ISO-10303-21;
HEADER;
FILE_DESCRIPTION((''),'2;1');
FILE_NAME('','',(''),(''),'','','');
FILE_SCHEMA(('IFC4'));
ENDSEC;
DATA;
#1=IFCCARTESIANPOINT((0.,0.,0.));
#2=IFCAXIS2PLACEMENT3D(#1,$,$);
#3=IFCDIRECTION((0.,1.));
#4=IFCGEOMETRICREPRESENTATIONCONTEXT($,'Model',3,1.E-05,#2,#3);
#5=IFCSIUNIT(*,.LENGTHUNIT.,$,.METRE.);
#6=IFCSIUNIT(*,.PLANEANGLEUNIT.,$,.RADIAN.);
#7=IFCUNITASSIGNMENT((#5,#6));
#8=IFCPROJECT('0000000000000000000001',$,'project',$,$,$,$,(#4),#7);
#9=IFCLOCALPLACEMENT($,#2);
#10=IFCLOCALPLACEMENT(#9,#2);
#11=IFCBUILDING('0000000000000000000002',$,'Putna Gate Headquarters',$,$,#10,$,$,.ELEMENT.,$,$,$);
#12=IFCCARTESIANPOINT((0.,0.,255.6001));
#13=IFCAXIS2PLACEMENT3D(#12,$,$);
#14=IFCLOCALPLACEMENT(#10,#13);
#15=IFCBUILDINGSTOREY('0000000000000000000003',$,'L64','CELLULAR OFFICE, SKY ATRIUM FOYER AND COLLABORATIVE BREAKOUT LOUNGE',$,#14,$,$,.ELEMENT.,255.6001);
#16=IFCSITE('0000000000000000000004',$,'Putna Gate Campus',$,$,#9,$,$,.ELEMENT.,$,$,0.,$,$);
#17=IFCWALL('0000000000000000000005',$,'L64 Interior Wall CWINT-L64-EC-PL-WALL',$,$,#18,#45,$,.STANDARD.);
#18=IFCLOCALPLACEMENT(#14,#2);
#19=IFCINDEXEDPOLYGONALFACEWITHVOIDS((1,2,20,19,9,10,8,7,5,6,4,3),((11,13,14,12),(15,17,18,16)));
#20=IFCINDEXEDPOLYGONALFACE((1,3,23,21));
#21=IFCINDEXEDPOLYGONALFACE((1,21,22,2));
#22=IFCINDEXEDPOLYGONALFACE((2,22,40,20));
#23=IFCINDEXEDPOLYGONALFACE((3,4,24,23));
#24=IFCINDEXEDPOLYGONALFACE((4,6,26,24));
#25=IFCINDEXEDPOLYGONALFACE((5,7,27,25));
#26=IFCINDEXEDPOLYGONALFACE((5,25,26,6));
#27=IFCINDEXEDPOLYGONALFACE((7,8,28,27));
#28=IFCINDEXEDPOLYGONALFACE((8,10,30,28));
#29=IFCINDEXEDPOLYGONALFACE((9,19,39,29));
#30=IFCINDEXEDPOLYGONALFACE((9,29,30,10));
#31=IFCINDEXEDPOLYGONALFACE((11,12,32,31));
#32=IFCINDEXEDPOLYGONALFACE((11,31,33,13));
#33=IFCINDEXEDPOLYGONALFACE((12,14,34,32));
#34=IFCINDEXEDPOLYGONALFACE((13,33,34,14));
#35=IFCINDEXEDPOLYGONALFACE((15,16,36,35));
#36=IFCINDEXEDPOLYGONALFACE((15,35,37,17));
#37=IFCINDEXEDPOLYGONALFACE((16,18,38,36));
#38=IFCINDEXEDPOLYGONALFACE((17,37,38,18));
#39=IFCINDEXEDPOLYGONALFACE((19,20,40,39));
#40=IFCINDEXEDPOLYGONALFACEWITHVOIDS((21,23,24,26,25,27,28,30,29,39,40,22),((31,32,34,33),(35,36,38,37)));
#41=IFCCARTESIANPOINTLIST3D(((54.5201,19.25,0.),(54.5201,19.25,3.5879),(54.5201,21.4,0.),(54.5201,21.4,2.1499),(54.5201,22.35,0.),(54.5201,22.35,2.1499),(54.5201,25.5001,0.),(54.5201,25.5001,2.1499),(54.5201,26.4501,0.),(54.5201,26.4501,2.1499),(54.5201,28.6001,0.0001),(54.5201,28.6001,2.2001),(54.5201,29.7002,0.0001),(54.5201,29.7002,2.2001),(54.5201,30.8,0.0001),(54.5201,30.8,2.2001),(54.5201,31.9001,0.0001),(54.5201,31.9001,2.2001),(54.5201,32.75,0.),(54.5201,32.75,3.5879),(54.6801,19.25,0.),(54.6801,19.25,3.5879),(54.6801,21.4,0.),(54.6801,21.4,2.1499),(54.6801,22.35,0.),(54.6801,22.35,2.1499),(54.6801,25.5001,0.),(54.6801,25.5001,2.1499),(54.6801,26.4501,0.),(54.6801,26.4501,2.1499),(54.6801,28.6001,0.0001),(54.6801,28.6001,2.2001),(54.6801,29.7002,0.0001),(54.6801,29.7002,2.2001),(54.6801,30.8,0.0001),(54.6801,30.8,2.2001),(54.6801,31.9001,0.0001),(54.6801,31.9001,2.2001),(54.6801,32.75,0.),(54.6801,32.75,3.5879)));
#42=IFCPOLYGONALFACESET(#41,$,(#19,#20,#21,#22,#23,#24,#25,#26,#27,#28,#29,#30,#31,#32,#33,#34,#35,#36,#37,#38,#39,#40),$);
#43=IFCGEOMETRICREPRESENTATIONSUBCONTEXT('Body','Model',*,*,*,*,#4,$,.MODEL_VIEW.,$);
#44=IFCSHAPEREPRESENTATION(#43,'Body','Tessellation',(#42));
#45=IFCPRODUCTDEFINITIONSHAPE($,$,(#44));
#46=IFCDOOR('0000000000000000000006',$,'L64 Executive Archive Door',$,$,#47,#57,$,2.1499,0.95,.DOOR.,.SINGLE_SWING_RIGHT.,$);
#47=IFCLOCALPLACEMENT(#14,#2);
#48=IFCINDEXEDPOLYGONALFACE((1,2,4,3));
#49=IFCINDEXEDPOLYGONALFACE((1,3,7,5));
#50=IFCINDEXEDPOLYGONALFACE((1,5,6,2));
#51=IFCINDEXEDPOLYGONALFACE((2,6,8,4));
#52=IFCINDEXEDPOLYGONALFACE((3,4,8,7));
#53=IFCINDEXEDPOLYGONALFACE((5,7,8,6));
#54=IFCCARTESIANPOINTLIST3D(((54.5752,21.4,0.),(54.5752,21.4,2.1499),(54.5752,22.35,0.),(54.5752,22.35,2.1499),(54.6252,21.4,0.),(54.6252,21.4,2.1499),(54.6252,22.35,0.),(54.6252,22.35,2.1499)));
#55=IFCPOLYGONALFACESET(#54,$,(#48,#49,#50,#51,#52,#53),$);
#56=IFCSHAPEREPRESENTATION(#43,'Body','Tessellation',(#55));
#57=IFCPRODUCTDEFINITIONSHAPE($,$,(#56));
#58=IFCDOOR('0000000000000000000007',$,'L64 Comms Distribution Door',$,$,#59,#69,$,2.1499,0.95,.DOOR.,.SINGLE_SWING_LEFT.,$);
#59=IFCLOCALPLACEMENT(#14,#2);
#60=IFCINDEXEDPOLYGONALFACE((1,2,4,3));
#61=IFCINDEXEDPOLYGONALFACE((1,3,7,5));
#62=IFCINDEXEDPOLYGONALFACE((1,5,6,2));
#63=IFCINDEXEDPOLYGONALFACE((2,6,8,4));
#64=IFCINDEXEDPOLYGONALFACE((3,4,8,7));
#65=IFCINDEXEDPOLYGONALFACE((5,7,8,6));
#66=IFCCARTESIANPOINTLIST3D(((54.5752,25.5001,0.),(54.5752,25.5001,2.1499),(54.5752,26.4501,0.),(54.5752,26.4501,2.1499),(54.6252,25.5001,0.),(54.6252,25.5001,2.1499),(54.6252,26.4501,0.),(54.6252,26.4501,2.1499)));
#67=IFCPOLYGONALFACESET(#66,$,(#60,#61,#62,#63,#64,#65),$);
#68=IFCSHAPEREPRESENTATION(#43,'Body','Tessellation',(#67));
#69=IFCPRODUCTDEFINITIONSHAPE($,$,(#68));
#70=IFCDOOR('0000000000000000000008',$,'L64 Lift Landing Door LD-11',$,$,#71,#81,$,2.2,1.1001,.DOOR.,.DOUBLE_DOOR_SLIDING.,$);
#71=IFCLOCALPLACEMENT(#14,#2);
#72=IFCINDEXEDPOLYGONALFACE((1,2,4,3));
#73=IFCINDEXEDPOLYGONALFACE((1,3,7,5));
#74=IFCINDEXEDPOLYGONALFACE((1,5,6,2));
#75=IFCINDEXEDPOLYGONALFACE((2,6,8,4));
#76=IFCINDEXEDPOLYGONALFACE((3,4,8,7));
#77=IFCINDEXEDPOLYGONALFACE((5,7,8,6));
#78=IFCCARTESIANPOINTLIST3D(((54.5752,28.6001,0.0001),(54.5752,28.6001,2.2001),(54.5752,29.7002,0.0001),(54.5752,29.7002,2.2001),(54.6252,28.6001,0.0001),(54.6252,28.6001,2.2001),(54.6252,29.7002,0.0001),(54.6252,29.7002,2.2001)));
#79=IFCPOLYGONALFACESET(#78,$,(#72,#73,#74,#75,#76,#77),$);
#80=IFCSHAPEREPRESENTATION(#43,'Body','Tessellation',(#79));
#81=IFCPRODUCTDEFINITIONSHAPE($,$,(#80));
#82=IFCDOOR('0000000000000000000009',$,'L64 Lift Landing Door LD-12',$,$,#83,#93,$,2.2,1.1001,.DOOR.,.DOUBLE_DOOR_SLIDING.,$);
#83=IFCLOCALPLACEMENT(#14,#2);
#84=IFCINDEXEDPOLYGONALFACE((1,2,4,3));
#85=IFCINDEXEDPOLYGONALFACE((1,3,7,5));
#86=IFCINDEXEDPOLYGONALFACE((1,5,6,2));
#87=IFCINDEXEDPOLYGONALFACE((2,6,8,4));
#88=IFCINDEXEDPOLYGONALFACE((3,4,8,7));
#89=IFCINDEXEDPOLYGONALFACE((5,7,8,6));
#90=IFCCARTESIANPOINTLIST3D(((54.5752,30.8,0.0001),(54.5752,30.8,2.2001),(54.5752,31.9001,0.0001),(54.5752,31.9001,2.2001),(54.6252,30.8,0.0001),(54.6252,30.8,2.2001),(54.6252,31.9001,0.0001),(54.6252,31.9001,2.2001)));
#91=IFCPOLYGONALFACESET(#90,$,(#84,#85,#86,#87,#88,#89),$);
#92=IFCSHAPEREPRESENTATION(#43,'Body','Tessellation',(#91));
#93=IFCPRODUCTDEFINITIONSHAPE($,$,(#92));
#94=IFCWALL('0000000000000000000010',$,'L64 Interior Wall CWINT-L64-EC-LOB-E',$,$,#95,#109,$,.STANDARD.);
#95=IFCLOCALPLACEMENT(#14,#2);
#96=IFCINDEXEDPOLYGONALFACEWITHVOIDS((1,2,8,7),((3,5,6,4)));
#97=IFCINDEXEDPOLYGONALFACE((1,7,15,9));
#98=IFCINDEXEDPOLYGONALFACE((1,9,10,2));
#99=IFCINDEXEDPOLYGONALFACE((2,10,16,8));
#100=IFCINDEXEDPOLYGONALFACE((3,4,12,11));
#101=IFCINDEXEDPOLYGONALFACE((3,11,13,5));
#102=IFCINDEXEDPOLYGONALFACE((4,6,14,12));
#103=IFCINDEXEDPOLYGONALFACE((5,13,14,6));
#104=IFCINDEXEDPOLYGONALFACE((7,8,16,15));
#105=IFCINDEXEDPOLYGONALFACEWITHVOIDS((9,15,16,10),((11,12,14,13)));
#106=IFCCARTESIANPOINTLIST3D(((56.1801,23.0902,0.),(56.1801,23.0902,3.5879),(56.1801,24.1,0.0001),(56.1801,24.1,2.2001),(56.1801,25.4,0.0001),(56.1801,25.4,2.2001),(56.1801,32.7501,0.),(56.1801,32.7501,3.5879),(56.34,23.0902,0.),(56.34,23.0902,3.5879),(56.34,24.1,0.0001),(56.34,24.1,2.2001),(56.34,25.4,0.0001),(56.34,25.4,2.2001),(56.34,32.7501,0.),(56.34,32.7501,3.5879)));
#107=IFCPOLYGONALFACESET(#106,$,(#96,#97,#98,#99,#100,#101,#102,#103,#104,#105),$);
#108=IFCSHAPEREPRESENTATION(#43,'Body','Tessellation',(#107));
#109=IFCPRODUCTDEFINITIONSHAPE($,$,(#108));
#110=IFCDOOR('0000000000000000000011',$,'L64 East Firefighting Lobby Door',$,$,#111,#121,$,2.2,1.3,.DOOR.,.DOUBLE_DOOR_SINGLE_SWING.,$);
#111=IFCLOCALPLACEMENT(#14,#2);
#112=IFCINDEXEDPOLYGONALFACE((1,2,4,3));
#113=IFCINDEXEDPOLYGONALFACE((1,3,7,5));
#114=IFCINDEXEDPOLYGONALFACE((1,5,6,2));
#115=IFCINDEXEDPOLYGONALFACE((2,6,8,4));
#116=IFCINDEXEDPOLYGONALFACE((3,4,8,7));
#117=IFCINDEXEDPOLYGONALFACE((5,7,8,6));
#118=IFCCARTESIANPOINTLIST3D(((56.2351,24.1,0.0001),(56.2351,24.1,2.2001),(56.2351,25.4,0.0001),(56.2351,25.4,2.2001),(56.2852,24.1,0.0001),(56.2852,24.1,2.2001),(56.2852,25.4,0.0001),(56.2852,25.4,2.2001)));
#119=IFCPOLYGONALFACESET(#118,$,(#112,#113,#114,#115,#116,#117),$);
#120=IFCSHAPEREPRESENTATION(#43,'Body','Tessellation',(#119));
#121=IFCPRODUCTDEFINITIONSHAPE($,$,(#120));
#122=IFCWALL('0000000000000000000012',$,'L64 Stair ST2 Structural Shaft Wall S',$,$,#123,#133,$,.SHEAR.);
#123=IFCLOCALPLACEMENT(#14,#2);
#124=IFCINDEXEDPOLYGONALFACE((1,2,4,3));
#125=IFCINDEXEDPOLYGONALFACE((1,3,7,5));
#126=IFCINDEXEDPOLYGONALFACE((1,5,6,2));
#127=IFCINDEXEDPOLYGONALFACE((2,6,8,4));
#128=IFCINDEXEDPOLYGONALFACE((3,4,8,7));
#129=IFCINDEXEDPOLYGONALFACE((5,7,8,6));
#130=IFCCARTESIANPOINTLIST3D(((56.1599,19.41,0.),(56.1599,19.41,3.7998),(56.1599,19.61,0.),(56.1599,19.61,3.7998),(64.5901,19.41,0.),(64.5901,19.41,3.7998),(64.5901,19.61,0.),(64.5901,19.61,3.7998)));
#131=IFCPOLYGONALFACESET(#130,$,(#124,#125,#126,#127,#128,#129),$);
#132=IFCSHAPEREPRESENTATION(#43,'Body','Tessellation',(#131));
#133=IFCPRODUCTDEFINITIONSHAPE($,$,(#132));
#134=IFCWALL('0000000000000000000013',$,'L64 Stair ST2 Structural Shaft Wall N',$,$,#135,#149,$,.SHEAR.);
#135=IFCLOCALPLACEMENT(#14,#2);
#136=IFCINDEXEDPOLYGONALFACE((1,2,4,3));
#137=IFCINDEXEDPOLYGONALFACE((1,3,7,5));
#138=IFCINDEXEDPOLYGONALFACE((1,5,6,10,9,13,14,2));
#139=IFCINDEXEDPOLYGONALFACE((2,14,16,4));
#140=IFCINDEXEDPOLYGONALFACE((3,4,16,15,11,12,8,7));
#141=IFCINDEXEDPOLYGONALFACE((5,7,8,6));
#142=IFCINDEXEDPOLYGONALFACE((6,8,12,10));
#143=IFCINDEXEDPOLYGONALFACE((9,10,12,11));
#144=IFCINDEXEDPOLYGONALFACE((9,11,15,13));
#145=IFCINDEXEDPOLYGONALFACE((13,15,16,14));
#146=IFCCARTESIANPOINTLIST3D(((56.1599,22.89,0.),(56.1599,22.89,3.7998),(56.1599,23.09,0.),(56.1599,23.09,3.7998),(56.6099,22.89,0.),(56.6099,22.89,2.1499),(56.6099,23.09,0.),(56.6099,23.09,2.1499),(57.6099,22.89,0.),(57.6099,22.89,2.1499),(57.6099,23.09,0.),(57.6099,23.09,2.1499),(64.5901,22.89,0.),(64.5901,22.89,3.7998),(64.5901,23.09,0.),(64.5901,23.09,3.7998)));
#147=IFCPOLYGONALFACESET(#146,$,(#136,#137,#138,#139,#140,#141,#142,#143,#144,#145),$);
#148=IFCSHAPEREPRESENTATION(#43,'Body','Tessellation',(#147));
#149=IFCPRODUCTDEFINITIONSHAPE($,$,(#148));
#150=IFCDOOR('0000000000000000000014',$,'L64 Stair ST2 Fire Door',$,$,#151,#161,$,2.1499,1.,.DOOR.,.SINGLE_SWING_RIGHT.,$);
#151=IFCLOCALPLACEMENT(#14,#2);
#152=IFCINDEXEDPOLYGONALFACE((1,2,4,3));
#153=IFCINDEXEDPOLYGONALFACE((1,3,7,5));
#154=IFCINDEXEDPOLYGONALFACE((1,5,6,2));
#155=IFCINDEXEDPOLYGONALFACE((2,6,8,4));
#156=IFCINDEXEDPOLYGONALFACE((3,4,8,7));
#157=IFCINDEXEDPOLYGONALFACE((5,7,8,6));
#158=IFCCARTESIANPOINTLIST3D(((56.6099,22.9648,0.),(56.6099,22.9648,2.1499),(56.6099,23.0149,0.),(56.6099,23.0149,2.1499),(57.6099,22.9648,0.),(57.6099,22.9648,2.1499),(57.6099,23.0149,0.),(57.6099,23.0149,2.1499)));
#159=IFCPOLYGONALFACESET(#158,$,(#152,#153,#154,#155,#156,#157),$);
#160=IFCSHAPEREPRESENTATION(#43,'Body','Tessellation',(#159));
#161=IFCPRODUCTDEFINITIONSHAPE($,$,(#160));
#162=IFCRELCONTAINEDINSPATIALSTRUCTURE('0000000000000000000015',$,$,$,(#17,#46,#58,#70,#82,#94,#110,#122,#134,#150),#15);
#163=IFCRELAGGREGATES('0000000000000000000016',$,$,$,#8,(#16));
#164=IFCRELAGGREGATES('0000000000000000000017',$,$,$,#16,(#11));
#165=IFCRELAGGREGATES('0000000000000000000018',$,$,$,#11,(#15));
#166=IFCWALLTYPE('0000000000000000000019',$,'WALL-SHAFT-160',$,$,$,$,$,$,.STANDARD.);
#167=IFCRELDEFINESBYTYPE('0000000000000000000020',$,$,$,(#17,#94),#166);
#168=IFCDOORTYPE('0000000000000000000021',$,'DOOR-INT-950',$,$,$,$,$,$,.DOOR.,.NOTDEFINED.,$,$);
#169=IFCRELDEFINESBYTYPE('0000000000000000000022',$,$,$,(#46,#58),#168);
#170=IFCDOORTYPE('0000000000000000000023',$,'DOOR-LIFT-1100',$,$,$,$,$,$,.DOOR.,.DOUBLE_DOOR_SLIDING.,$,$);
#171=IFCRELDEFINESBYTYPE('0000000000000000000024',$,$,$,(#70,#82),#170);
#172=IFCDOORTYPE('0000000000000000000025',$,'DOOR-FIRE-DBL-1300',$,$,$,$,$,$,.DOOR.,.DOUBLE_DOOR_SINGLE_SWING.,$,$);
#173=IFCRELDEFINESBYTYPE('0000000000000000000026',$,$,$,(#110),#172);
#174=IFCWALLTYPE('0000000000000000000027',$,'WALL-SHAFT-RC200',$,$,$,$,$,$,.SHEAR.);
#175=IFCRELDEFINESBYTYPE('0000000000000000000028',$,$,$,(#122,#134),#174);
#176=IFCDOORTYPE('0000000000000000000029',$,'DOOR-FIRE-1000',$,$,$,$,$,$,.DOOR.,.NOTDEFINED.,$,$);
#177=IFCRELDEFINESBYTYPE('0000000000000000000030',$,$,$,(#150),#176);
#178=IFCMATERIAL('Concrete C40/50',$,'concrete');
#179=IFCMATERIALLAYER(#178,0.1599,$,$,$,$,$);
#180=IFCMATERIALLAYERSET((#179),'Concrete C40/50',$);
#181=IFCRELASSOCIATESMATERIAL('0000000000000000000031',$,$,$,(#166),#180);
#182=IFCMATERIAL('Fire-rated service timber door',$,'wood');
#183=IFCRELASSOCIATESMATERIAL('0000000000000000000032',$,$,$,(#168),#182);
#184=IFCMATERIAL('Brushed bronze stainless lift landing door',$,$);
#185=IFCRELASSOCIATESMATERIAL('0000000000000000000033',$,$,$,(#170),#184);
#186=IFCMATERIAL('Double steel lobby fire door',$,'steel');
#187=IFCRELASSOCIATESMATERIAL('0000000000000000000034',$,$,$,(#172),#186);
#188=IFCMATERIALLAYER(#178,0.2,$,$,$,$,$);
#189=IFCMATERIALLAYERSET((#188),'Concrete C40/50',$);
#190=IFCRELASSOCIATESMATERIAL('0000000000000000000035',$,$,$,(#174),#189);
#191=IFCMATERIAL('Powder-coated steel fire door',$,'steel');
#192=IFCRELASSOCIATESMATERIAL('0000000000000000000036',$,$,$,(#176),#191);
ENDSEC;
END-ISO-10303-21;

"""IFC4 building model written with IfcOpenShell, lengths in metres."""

from ifc_helpers import new_model, si_unit, direction, frame, frame_2d, origin, place, context, subcontext, project, spatial, rectangle, extrude, material, layer, layer_set, type_object, element, fill, save


model = new_model("IFC4")

# Units and contexts
model_context = context("Model", 3, precision=1e-05, world=origin(), true_north=direction((0.0, 1.0)))
body_context = subcontext(model_context, "Body", "Model", "MODEL_VIEW")
ifc_project = project(units=[si_unit("LENGTHUNIT", "METRE"), si_unit("PLANEANGLEUNIT", "RADIAN")], contexts=[model_context])

# Site, building, storey
site_placement = place(None, origin())
site = spatial("IfcSite", under=ifc_project, at=site_placement, Name="Putna Gate Campus", CompositionType="ELEMENT", RefElevation=0.0)
building_placement = place(site_placement, origin())
building = spatial("IfcBuilding", under=site, at=building_placement, Name="Putna Gate Headquarters", CompositionType="ELEMENT")
storey_placement = place(building_placement, frame((0.0, 0.0, 255.6001)))
storey = spatial("IfcBuildingStorey", under=building, at=storey_placement, Name="L64", Description="CELLULAR OFFICE, SKY ATRIUM FOYER AND COLLABORATIVE BREAKOUT LOUNGE", CompositionType="ELEMENT", Elevation=255.6001)

# Wall, openings, doors
ifc_material_1 = material(Name="Concrete C40/50", Category="concrete")
ifc_layer_1 = layer(ifc_material_1, 0.1599)
ifc_layer_set_1 = layer_set([ifc_layer_1], Name="Concrete C40/50")
wall_type_1 = type_object("IfcWallType", Name="WALL-SHAFT-160", PredefinedType="STANDARD", material=ifc_layer_set_1)
wall_1_placement = place(storey_placement, frame((54.6001, 19.25, 0.0), z_axis=(0.0, 0.0, 1.0), x_axis=(0.0, 1.0, 0.0)))
wall_1 = element("IfcWall", 1, at=wall_1_placement, inside=storey, type_object=wall_type_1, Name="L64 Interior Wall CWINT-L64-EC-PL-WALL", PredefinedType="STANDARD", context=body_context, shape_type="SweptSolid", body=[
    extrude(rectangle(XDim=13.5, YDim=0.1599, at=frame_2d((6.75, 0.0))), origin(), (0.0, 0.0, 1.0), 3.5879),
])
opening_1_placement = place(wall_1_placement, frame((2.1499, 0.0, 0.0)))
opening_1 = element("IfcOpeningElement", 2, at=opening_1_placement, cuts=wall_1, PredefinedType="OPENING", context=body_context, shape_type="SweptSolid", body=[
    extrude(rectangle(XDim=0.95, YDim=2.1499, at=frame_2d((0.4751, 1.075))), frame((0.0, 0.0898, 0.0), z_axis=(0.0, -1.0, 0.0), x_axis=(1.0, 0.0, 0.0)), (0.0, 0.0, 1.0), 0.1799),
])
opening_2_placement = place(wall_1_placement, frame((6.25, 0.0, 0.0)))
opening_2 = element("IfcOpeningElement", 3, at=opening_2_placement, cuts=wall_1, PredefinedType="OPENING", context=body_context, shape_type="SweptSolid", body=[
    extrude(rectangle(XDim=0.95, YDim=2.1499, at=frame_2d((0.4751, 1.075))), frame((0.0, 0.0898, 0.0), z_axis=(0.0, -1.0, 0.0), x_axis=(1.0, 0.0, 0.0)), (0.0, 0.0, 1.0), 0.1799),
])
opening_3_placement = place(wall_1_placement, frame((9.3501, 0.0, 0.0)))
opening_3 = element("IfcOpeningElement", 4, at=opening_3_placement, cuts=wall_1, PredefinedType="OPENING", context=body_context, shape_type="SweptSolid", body=[
    extrude(rectangle(XDim=1.1001, YDim=2.2, at=frame_2d((0.55, 1.1001))), frame((0.0, 0.0898, 0.0), z_axis=(0.0, -1.0, 0.0), x_axis=(1.0, 0.0, 0.0)), (0.0, 0.0, 1.0), 0.1799),
])
opening_4_placement = place(wall_1_placement, frame((11.55, 0.0, 0.0)))
opening_4 = element("IfcOpeningElement", 5, at=opening_4_placement, cuts=wall_1, PredefinedType="OPENING", context=body_context, shape_type="SweptSolid", body=[
    extrude(rectangle(XDim=1.1001, YDim=2.2, at=frame_2d((0.55, 1.1001))), frame((0.0, 0.0898, 0.0), z_axis=(0.0, -1.0, 0.0), x_axis=(1.0, 0.0, 0.0)), (0.0, 0.0, 1.0), 0.1799),
])
ifc_material_2 = material(Name="Fire-rated service timber door", Category="wood")
door_type_1 = type_object("IfcDoorType", Name="DOOR-INT-950", OperationType="NOTDEFINED", PredefinedType="DOOR", material=ifc_material_2)
door_1_placement = place(opening_1_placement, origin())
door_1 = element("IfcDoor", 6, at=door_1_placement, inside=storey, type_object=door_type_1, Name="L64 Executive Archive Door", OperationType="SINGLE_SWING_RIGHT", OverallHeight=2.1499, OverallWidth=0.95, PredefinedType="DOOR", context=body_context, shape_type="SweptSolid", body=[
    extrude(rectangle(XDim=0.95, YDim=2.1499, at=frame_2d((0.4751, 1.075))), frame((0.0, 0.0249, 0.0), z_axis=(0.0, -1.0, 0.0), x_axis=(1.0, 0.0, 0.0)), (0.0, 0.0, 1.0), 0.05),
])
fill(opening_1, door_1)
door_2_placement = place(opening_2_placement, origin())
door_2 = element("IfcDoor", 7, at=door_2_placement, inside=storey, type_object=door_type_1, Name="L64 Comms Distribution Door", OperationType="SINGLE_SWING_LEFT", OverallHeight=2.1499, OverallWidth=0.95, PredefinedType="DOOR", context=body_context, shape_type="SweptSolid", body=[
    extrude(rectangle(XDim=0.95, YDim=2.1499, at=frame_2d((0.4751, 1.075))), frame((0.0, 0.0249, 0.0), z_axis=(0.0, -1.0, 0.0), x_axis=(1.0, 0.0, 0.0)), (0.0, 0.0, 1.0), 0.05),
])
fill(opening_2, door_2)
ifc_material_3 = material(Name="Brushed bronze stainless lift landing door")
door_type_2 = type_object("IfcDoorType", Name="DOOR-LIFT-1100", OperationType="DOUBLE_DOOR_SLIDING", PredefinedType="DOOR", material=ifc_material_3)
door_3_placement = place(opening_3_placement, origin())
door_3 = element("IfcDoor", 8, at=door_3_placement, inside=storey, type_object=door_type_2, Name="L64 Lift Landing Door LD-11", OperationType="DOUBLE_DOOR_SLIDING", OverallHeight=2.2, OverallWidth=1.1001, PredefinedType="DOOR", context=body_context, shape_type="SweptSolid", body=[
    extrude(rectangle(XDim=1.1001, YDim=2.2, at=frame_2d((0.55, 1.1001))), frame((0.0, 0.0249, 0.0), z_axis=(0.0, -1.0, 0.0), x_axis=(1.0, 0.0, 0.0)), (0.0, 0.0, 1.0), 0.05),
])
fill(opening_3, door_3)
door_4_placement = place(opening_4_placement, origin())
door_4 = element("IfcDoor", 9, at=door_4_placement, inside=storey, type_object=door_type_2, Name="L64 Lift Landing Door LD-12", OperationType="DOUBLE_DOOR_SLIDING", OverallHeight=2.2, OverallWidth=1.1001, PredefinedType="DOOR", context=body_context, shape_type="SweptSolid", body=[
    extrude(rectangle(XDim=1.1001, YDim=2.2, at=frame_2d((0.55, 1.1001))), frame((0.0, 0.0249, 0.0), z_axis=(0.0, -1.0, 0.0), x_axis=(1.0, 0.0, 0.0)), (0.0, 0.0, 1.0), 0.05),
])
fill(opening_4, door_4)

# Wall, opening, door
wall_2_placement = place(storey_placement, frame((56.26, 23.0901, 0.0), z_axis=(0.0, 0.0, 1.0), x_axis=(0.0, 1.0, 0.0)))
wall_2 = element("IfcWall", 10, at=wall_2_placement, inside=storey, type_object=wall_type_1, Name="L64 Interior Wall CWINT-L64-EC-LOB-E", PredefinedType="STANDARD", context=body_context, shape_type="SweptSolid", body=[
    extrude(rectangle(XDim=9.6599, YDim=0.1599, at=frame_2d((4.8301, 0.0))), origin(), (0.0, 0.0, 1.0), 3.5879),
])
opening_5_placement = place(wall_2_placement, frame((1.01, 0.0, 0.0)))
opening_5 = element("IfcOpeningElement", 11, at=opening_5_placement, cuts=wall_2, PredefinedType="OPENING", context=body_context, shape_type="SweptSolid", body=[
    extrude(rectangle(XDim=1.3, YDim=2.2, at=frame_2d((0.6499, 1.1001))), frame((0.0, 0.0898, 0.0), z_axis=(0.0, -1.0, 0.0), x_axis=(1.0, 0.0, 0.0)), (0.0, 0.0, 1.0), 0.1799),
])
ifc_material_4 = material(Name="Double steel lobby fire door", Category="steel")
door_type_3 = type_object("IfcDoorType", Name="DOOR-FIRE-DBL-1300", OperationType="DOUBLE_DOOR_SINGLE_SWING", PredefinedType="DOOR", material=ifc_material_4)
door_5_placement = place(opening_5_placement, origin())
door_5 = element("IfcDoor", 12, at=door_5_placement, inside=storey, type_object=door_type_3, Name="L64 East Firefighting Lobby Door", OperationType="DOUBLE_DOOR_SINGLE_SWING", OverallHeight=2.2, OverallWidth=1.3, PredefinedType="DOOR", context=body_context, shape_type="SweptSolid", body=[
    extrude(rectangle(XDim=1.3, YDim=2.2, at=frame_2d((0.6499, 1.1001))), frame((0.0, 0.0249, 0.0), z_axis=(0.0, -1.0, 0.0), x_axis=(1.0, 0.0, 0.0)), (0.0, 0.0, 1.0), 0.05),
])
fill(opening_5, door_5)

# Wall
ifc_layer_2 = layer(ifc_material_1, 0.2)
ifc_layer_set_2 = layer_set([ifc_layer_2], Name="Concrete C40/50")
wall_type_2 = type_object("IfcWallType", Name="WALL-SHAFT-RC200", PredefinedType="SHEAR", material=ifc_layer_set_2)
wall_3_placement = place(storey_placement, frame((56.1599, 19.51, 0.0), z_axis=(0.0, 0.0, 1.0), x_axis=(1.0, 0.0, 0.0)))
element("IfcWall", 13, at=wall_3_placement, inside=storey, type_object=wall_type_2, Name="L64 Stair ST2 Structural Shaft Wall S", PredefinedType="SHEAR", context=body_context, shape_type="SweptSolid", body=[
    extrude(rectangle(XDim=8.4302, YDim=0.2, at=frame_2d((4.2151, 0.0))), origin(), (0.0, 0.0, 1.0), 3.7998),
])

# Wall, opening, door
wall_4_placement = place(storey_placement, frame((56.1599, 22.99, 0.0), z_axis=(0.0, 0.0, 1.0), x_axis=(1.0, 0.0, 0.0)))
wall_4 = element("IfcWall", 14, at=wall_4_placement, inside=storey, type_object=wall_type_2, Name="L64 Stair ST2 Structural Shaft Wall N", PredefinedType="SHEAR", context=body_context, shape_type="SweptSolid", body=[
    extrude(rectangle(XDim=8.4302, YDim=0.2, at=frame_2d((4.2151, 0.0))), origin(), (0.0, 0.0, 1.0), 3.7998),
])
opening_6_placement = place(wall_4_placement, frame((0.45, 0.0, 0.0)))
opening_6 = element("IfcOpeningElement", 15, at=opening_6_placement, cuts=wall_4, PredefinedType="OPENING", context=body_context, shape_type="SweptSolid", body=[
    extrude(rectangle(XDim=1.0, YDim=2.1499, at=frame_2d((0.5, 1.075))), frame((0.0, 0.1099, 0.0), z_axis=(0.0, -1.0, 0.0), x_axis=(1.0, 0.0, 0.0)), (0.0, 0.0, 1.0), 0.22),
])
ifc_material_5 = material(Name="Powder-coated steel fire door", Category="steel")
door_type_4 = type_object("IfcDoorType", Name="DOOR-FIRE-1000", OperationType="NOTDEFINED", PredefinedType="DOOR", material=ifc_material_5)
door_6_placement = place(opening_6_placement, origin())
door_6 = element("IfcDoor", 16, at=door_6_placement, inside=storey, type_object=door_type_4, Name="L64 Stair ST2 Fire Door", OperationType="SINGLE_SWING_RIGHT", OverallHeight=2.1499, OverallWidth=1.0, PredefinedType="DOOR", context=body_context, shape_type="SweptSolid", body=[
    extrude(rectangle(XDim=1.0, YDim=2.1499, at=frame_2d((0.5, 1.075))), frame((0.0, 0.0249, 0.0), z_axis=(0.0, -1.0, 0.0), x_axis=(1.0, 0.0, 0.0)), (0.0, 0.0, 1.0), 0.05),
])
fill(opening_6, door_6)

save(model, "model.ifc")
